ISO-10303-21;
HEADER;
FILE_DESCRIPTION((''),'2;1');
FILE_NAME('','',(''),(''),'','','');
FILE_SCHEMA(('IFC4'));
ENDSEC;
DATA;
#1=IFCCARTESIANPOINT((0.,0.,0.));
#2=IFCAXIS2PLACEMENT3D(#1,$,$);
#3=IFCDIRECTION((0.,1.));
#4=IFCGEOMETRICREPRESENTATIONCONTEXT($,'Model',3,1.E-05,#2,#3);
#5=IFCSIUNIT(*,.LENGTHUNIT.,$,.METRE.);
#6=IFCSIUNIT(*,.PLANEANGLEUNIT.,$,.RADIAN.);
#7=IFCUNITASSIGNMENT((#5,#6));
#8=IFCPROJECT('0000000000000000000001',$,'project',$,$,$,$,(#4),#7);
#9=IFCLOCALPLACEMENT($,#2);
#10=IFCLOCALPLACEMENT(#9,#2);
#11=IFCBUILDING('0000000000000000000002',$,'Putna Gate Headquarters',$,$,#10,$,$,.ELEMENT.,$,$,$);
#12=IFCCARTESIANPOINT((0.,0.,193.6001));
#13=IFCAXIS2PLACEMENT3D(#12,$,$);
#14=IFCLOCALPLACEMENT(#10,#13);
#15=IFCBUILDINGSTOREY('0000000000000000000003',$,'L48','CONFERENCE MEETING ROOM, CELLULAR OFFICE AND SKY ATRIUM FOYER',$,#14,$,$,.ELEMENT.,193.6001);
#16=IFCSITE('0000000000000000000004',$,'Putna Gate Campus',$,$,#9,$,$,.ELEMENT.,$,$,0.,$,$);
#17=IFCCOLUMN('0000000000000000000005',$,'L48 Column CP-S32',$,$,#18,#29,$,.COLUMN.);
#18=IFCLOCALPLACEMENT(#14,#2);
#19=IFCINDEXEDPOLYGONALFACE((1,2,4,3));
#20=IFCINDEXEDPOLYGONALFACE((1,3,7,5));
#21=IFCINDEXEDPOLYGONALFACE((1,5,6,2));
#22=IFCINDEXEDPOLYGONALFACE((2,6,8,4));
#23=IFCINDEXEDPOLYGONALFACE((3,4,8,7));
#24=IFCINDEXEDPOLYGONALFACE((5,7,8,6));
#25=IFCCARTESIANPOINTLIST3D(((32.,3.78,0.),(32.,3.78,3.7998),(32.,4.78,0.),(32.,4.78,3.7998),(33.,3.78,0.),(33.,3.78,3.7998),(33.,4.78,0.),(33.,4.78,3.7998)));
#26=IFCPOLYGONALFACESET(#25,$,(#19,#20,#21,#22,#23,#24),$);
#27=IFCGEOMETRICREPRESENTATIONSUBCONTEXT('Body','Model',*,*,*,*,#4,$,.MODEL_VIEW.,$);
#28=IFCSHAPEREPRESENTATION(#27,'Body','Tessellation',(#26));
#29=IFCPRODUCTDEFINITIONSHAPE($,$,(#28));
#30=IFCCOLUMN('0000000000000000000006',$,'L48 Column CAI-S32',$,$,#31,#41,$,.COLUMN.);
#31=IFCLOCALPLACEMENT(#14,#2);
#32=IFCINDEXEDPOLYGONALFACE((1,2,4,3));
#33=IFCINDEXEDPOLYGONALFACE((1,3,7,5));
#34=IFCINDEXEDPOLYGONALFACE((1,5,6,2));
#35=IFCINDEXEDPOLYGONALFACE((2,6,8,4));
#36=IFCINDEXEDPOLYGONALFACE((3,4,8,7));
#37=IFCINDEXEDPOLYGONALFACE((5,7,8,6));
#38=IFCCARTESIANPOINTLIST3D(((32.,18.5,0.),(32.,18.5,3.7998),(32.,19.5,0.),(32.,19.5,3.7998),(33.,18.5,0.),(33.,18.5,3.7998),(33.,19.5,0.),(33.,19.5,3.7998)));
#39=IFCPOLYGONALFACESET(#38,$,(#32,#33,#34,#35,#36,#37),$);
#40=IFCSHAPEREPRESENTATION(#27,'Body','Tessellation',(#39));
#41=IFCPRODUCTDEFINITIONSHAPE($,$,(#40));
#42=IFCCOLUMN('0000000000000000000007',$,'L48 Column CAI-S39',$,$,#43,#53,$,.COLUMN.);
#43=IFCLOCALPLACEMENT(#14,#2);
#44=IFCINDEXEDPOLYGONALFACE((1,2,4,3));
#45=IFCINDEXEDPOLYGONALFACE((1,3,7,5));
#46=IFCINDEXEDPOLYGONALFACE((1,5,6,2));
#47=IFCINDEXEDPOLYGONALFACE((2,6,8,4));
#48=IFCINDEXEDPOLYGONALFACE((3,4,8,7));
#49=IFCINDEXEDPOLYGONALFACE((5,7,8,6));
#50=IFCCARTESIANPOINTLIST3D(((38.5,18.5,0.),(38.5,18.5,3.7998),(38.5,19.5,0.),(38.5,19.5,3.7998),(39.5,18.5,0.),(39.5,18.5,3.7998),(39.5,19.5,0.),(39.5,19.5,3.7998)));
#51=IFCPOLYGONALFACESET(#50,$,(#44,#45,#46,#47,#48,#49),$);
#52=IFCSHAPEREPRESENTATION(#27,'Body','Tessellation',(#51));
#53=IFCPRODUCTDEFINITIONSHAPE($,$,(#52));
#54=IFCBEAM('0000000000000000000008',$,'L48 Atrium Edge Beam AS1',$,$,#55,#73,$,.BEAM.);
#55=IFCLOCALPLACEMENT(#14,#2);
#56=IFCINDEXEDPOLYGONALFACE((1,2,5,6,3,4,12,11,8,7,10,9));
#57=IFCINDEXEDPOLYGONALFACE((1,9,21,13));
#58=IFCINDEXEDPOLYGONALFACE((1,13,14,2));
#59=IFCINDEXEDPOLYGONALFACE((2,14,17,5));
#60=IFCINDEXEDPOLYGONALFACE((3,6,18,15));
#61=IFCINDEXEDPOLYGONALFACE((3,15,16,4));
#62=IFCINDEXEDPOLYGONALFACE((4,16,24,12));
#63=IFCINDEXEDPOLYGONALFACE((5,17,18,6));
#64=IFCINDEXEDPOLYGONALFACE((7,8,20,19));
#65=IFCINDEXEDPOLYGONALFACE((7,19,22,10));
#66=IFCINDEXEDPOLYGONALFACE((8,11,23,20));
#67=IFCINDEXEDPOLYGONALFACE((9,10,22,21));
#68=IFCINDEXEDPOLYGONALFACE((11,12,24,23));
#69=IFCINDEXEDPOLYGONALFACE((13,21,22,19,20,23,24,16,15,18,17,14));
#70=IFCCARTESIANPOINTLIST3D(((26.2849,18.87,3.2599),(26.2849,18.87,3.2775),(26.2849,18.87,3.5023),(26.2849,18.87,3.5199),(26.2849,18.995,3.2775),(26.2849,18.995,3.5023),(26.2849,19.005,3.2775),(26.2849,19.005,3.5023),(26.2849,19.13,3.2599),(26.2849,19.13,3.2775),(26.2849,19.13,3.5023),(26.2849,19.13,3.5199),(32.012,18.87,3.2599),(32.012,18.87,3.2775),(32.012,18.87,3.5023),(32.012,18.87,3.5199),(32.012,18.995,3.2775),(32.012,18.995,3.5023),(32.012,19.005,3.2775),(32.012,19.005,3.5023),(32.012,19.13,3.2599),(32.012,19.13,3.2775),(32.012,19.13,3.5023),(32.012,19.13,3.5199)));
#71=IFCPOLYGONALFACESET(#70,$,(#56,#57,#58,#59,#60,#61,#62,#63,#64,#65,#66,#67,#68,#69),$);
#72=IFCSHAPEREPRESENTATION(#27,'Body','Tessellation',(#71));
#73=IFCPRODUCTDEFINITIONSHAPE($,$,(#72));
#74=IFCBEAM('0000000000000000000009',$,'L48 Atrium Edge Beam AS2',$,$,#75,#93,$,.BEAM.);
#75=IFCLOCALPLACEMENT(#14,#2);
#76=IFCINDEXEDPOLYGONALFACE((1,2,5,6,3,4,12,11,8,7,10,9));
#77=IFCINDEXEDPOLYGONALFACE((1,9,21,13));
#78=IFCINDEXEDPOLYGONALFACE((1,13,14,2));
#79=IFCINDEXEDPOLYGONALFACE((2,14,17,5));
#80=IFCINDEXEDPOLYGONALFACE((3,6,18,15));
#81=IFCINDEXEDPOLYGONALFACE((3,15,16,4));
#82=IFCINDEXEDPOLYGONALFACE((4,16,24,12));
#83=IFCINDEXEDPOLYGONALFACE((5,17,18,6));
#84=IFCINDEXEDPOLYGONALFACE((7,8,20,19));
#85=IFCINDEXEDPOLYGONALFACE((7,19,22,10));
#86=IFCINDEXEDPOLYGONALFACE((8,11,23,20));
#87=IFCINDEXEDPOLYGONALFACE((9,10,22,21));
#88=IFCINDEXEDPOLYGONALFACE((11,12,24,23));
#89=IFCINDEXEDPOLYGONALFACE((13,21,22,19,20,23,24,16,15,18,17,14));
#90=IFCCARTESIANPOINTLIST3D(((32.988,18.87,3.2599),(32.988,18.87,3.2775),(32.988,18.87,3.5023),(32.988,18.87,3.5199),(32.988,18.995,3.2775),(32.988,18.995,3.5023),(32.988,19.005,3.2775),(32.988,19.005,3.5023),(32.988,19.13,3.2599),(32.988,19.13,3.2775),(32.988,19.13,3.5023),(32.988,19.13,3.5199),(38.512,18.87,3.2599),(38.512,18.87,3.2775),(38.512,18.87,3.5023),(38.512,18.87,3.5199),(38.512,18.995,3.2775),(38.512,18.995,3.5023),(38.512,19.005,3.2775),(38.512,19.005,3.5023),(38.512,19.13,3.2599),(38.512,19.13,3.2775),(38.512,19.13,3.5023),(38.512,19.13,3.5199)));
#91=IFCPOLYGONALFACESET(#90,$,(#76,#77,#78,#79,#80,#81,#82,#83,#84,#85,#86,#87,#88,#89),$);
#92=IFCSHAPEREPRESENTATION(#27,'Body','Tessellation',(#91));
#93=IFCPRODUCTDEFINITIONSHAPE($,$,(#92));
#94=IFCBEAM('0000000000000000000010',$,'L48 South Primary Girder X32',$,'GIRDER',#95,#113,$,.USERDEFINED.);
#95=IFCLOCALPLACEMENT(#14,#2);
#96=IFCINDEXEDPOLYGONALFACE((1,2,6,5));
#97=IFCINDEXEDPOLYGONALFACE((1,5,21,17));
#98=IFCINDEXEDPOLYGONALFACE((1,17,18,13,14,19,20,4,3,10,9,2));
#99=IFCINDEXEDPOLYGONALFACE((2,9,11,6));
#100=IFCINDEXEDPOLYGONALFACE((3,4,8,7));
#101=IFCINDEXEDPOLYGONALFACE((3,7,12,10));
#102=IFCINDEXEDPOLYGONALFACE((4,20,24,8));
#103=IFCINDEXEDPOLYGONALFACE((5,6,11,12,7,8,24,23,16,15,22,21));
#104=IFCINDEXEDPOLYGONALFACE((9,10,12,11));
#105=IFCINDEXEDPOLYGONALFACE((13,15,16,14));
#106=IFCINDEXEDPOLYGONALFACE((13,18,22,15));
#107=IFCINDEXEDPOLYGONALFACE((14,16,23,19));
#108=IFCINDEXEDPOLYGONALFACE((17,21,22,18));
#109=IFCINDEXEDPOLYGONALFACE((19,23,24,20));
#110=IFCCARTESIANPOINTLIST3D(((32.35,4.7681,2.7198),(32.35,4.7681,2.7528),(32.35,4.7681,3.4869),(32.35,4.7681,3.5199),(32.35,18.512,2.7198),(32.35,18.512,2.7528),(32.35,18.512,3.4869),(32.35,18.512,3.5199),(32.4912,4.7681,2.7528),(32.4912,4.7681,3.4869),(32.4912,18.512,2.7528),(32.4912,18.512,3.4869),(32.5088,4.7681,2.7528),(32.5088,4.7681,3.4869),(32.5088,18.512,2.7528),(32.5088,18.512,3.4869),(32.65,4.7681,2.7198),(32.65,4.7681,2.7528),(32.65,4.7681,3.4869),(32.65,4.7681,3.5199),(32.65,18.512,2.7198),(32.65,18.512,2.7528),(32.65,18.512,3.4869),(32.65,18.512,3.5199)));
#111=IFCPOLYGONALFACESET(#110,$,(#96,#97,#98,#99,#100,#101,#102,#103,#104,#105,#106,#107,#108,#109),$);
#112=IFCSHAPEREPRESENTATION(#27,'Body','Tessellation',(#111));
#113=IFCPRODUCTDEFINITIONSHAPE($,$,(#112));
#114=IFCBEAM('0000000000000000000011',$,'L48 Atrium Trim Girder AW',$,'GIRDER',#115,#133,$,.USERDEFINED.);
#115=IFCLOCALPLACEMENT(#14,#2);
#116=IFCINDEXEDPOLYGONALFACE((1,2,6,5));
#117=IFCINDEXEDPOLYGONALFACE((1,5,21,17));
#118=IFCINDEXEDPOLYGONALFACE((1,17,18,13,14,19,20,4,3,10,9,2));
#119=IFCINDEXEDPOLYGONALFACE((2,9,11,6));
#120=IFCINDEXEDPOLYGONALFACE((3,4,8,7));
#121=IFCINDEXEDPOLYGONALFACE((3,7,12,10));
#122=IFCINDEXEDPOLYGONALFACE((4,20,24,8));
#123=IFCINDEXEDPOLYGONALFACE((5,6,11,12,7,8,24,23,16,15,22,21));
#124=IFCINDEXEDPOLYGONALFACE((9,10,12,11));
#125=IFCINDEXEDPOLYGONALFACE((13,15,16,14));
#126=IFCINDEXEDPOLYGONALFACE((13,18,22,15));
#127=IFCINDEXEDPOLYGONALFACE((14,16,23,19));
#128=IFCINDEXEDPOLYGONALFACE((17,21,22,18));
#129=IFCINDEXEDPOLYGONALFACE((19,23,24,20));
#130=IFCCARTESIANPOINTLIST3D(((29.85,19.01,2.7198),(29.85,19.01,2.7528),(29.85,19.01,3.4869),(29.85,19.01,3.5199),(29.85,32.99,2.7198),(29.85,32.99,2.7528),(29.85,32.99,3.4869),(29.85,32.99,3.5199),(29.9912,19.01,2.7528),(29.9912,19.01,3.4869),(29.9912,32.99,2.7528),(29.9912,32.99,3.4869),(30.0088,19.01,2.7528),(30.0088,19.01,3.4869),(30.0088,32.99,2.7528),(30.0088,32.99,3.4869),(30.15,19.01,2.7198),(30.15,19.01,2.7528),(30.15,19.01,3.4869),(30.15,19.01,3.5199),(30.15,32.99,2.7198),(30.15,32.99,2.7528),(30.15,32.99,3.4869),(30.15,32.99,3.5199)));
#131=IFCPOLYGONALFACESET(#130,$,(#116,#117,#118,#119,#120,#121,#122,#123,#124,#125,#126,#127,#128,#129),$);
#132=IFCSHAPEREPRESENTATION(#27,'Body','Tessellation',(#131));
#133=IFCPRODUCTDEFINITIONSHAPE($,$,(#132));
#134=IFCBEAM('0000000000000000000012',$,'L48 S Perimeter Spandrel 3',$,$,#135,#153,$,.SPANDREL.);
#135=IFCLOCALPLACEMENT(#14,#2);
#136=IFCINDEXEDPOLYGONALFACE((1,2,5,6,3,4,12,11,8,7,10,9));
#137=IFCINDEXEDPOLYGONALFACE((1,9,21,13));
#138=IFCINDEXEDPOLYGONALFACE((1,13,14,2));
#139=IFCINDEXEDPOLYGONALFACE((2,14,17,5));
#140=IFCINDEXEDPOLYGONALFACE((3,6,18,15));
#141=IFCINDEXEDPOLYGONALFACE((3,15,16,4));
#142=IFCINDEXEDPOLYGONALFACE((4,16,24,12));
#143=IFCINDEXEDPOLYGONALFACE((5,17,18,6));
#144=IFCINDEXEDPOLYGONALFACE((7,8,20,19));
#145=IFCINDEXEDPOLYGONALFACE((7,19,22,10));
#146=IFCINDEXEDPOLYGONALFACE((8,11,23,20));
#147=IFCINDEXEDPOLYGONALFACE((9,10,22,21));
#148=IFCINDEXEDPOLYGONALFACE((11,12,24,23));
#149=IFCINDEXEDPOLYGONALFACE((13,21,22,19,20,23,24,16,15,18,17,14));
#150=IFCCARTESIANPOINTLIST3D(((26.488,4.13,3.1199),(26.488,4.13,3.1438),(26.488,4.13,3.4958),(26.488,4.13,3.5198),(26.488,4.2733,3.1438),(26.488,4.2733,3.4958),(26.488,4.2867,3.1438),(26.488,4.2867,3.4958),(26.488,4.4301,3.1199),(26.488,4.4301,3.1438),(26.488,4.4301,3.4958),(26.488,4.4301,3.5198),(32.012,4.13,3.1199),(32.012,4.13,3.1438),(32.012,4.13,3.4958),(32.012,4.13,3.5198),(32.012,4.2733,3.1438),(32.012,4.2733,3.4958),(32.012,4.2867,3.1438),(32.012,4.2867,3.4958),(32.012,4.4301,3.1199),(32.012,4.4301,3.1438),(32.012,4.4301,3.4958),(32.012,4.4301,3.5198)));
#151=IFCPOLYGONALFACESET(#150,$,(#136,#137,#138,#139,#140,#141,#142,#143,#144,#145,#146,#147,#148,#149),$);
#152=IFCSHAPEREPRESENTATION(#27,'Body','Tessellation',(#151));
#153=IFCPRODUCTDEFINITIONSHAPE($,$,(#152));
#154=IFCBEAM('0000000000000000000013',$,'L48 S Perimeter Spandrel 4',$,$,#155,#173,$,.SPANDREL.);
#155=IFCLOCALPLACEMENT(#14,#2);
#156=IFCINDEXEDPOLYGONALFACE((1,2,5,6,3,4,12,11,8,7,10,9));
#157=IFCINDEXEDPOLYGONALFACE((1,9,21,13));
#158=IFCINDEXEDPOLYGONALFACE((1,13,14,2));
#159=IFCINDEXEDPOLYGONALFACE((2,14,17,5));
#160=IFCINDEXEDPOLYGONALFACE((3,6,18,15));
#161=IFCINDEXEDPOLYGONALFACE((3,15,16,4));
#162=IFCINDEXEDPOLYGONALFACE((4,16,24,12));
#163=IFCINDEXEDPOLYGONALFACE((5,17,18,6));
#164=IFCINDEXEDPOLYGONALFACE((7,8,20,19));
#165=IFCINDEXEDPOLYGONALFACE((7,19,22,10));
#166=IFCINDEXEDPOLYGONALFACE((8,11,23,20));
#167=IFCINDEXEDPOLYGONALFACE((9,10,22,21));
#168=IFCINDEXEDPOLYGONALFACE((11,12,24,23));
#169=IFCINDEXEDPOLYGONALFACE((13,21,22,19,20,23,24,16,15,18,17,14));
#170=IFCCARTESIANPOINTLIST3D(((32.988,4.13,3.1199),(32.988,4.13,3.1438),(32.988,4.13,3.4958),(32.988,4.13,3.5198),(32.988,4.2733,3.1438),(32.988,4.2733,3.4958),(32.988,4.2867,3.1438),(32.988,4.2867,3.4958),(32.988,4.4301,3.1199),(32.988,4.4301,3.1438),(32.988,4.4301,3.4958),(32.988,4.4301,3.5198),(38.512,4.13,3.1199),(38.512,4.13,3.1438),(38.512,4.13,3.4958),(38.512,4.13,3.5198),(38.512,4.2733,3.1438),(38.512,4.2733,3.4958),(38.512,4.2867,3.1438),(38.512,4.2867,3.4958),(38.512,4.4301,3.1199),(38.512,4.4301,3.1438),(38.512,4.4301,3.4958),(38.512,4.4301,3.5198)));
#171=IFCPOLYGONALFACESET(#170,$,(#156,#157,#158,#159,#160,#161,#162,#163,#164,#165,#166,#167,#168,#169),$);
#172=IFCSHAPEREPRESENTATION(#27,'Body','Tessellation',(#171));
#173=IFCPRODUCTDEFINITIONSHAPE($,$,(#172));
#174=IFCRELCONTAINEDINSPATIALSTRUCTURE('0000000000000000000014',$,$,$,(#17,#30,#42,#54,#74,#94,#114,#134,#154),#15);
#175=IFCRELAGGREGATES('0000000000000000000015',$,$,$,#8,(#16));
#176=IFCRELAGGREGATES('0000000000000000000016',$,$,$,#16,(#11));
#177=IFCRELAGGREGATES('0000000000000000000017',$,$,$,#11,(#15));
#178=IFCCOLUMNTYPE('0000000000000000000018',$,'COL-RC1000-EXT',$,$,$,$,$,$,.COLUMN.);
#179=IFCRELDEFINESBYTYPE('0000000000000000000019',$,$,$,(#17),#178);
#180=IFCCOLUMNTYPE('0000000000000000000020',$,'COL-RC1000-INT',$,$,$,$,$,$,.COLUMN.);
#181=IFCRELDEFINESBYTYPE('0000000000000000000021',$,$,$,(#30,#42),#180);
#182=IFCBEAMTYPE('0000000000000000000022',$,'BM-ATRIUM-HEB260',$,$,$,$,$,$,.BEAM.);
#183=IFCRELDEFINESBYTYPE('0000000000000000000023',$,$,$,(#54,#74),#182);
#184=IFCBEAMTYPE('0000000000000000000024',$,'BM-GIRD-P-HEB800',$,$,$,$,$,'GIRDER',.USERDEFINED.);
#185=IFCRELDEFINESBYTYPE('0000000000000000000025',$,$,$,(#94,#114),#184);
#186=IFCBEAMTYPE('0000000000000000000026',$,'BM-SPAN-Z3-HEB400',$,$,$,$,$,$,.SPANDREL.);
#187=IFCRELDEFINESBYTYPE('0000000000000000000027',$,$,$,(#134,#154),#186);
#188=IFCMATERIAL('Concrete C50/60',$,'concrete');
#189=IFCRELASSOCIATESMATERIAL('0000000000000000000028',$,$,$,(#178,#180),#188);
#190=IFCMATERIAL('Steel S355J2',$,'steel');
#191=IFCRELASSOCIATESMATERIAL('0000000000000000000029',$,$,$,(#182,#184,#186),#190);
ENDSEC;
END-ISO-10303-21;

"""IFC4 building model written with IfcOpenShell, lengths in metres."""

from ifc_helpers import new_model, si_unit, direction, frame, origin, origin_2d, place, context, subcontext, project, spatial, rectangle, i_section, extrude, material, material_profile, profile_set, type_object, element, save


model = new_model("IFC4")

# Units and contexts
model_context = context("Model", 3, precision=1e-05, world=origin(), true_north=direction((0.0, 1.0)))
body_context = subcontext(model_context, "Body", "Model", "MODEL_VIEW")
ifc_project = project(units=[si_unit("LENGTHUNIT", "METRE"), si_unit("PLANEANGLEUNIT", "RADIAN")], contexts=[model_context])

# Site, building, storey
site_placement = place(None, origin())
site = spatial("IfcSite", under=ifc_project, at=site_placement, Name="Putna Gate Campus", CompositionType="ELEMENT", RefElevation=0.0)
building_placement = place(site_placement, origin())
building = spatial("IfcBuilding", under=site, at=building_placement, Name="Putna Gate Headquarters", CompositionType="ELEMENT")
storey_placement = place(building_placement, frame((0.0, 0.0, 193.6001)))
storey = spatial("IfcBuildingStorey", under=building, at=storey_placement, Name="L48", Description="CONFERENCE MEETING ROOM, CELLULAR OFFICE AND SKY ATRIUM FOYER", CompositionType="ELEMENT", Elevation=193.6001)

# Columns
ifc_material_1 = material(Name="Concrete C50/60", Category="concrete")
ifc_material_profile_1 = material_profile(ifc_material_1, rectangle(XDim=1.0, YDim=1.0, at=origin_2d()), Name="Concrete C50/60")
ifc_profile_set_1 = profile_set([ifc_material_profile_1], Name="Concrete C50/60")
column_type_1 = type_object("IfcColumnType", Name="COL-RC1000-EXT", PredefinedType="COLUMN", material=ifc_profile_set_1)
column_placement = place(storey_placement, frame((32.5, 4.28, 0.0), z_axis=(0.0, 0.0, 1.0), x_axis=(1.0, 0.0, 0.0)))
element("IfcColumn", 1, at=column_placement, inside=storey, type_object=column_type_1, Name="L48 Column CP-S32", PredefinedType="COLUMN", context=body_context, shape_type="SweptSolid", body=[
    extrude(rectangle(XDim=1.0, YDim=1.0, at=origin_2d()), origin(), (0.0, 0.0, 1.0), 3.7998),
])
ifc_material_profile_2 = material_profile(ifc_material_1, rectangle(XDim=1.0, YDim=1.0, at=origin_2d()), Name="Concrete C50/60")
ifc_profile_set_2 = profile_set([ifc_material_profile_2], Name="Concrete C50/60")
column_type_2 = type_object("IfcColumnType", Name="COL-RC1000-INT", PredefinedType="COLUMN", material=ifc_profile_set_2)
for number, where, z_axis, x_axis, name in (
    (2, (32.5, 19.0, 0.0), (0.0, 0.0, 1.0), (1.0, 0.0, 0.0), "L48 Column CAI-S32"),
    (3, (39.0, 19.0, 0.0), (0.0, 0.0, 1.0), (1.0, 0.0, 0.0), "L48 Column CAI-S39"),
):
    element("IfcColumn", number, at=place(storey_placement, frame(where, z_axis=z_axis, x_axis=x_axis)), inside=storey, type_object=column_type_2, Name=name, PredefinedType="COLUMN", context=body_context, shape_type="SweptSolid", body=[
        extrude(rectangle(XDim=1.0, YDim=1.0, at=origin_2d()), origin(), (0.0, 0.0, 1.0), 3.7998),
    ])

# Beams
ifc_material_2 = material(Name="Steel S355J2", Category="steel")
ifc_material_profile_3 = material_profile(ifc_material_2, i_section(OverallWidth=0.26, OverallDepth=0.26, WebThickness=0.01, FlangeThickness=0.0176, at=origin_2d()), Name="Steel S355J2")
ifc_profile_set_3 = profile_set([ifc_material_profile_3], Name="Steel S355J2")
beam_type_1 = type_object("IfcBeamType", Name="BM-ATRIUM-HEB260", PredefinedType="BEAM", material=ifc_profile_set_3)
beam_1_placement = place(storey_placement, frame((26.2849, 19.0, 3.3899), z_axis=(1.0, 0.0, 0.0), x_axis=(0.0, 1.0, 0.0)))
element("IfcBeam", 4, at=beam_1_placement, inside=storey, type_object=beam_type_1, Name="L48 Atrium Edge Beam AS1", PredefinedType="BEAM", context=body_context, shape_type="SweptSolid", body=[
    extrude(i_section(OverallWidth=0.26, OverallDepth=0.26, WebThickness=0.01, FlangeThickness=0.0176, at=origin_2d()), origin(), (0.0, 0.0, 1.0), 5.7271),
])
beam_2_placement = place(storey_placement, frame((32.988, 19.0, 3.3899), z_axis=(1.0, 0.0, 0.0), x_axis=(0.0, 1.0, 0.0)))
element("IfcBeam", 5, at=beam_2_placement, inside=storey, type_object=beam_type_1, Name="L48 Atrium Edge Beam AS2", PredefinedType="BEAM", context=body_context, shape_type="SweptSolid", body=[
    extrude(i_section(OverallWidth=0.26, OverallDepth=0.26, WebThickness=0.01, FlangeThickness=0.0176, at=origin_2d()), origin(), (0.0, 0.0, 1.0), 5.5239),
])
ifc_material_profile_4 = material_profile(ifc_material_2, i_section(OverallWidth=0.3, OverallDepth=0.8, WebThickness=0.0176, FlangeThickness=0.033, at=origin_2d()), Name="Steel S355J2")
ifc_profile_set_4 = profile_set([ifc_material_profile_4], Name="Steel S355J2")
beam_type_2 = type_object("IfcBeamType", Name="BM-GIRD-P-HEB800", ElementType="GIRDER", PredefinedType="USERDEFINED", material=ifc_profile_set_4)
beam_3_placement = place(storey_placement, frame((32.5, 4.7681, 3.1199), z_axis=(0.0, 1.0, 0.0), x_axis=(-1.0, 0.0, 0.0)))
element("IfcBeam", 6, at=beam_3_placement, inside=storey, type_object=beam_type_2, Name="L48 South Primary Girder X32", ObjectType="GIRDER", PredefinedType="USERDEFINED", context=body_context, shape_type="SweptSolid", body=[
    extrude(i_section(OverallWidth=0.3, OverallDepth=0.8, WebThickness=0.0176, FlangeThickness=0.033, at=origin_2d()), origin(), (0.0, 0.0, 1.0), 13.7439),
])
beam_4_placement = place(storey_placement, frame((30.0, 19.01, 3.1199), z_axis=(0.0, 1.0, 0.0), x_axis=(-1.0, 0.0, 0.0)))
element("IfcBeam", 7, at=beam_4_placement, inside=storey, type_object=beam_type_2, Name="L48 Atrium Trim Girder AW", ObjectType="GIRDER", PredefinedType="USERDEFINED", context=body_context, shape_type="SweptSolid", body=[
    extrude(i_section(OverallWidth=0.3, OverallDepth=0.8, WebThickness=0.0176, FlangeThickness=0.033, at=origin_2d()), origin(), (0.0, 0.0, 1.0), 13.98),
])
ifc_material_profile_5 = material_profile(ifc_material_2, i_section(OverallWidth=0.3, OverallDepth=0.3999, WebThickness=0.0134, FlangeThickness=0.0239, at=origin_2d()), Name="Steel S355J2")
ifc_profile_set_5 = profile_set([ifc_material_profile_5], Name="Steel S355J2")
beam_type_3 = type_object("IfcBeamType", Name="BM-SPAN-Z3-HEB400", PredefinedType="SPANDREL", material=ifc_profile_set_5)
for number, where, z_axis, x_axis, name in (
    (8, (26.488, 4.28, 3.3198), (1.0, 0.0, 0.0), (0.0, 1.0, 0.0), "L48 S Perimeter Spandrel 3"),
    (9, (32.988, 4.28, 3.3198), (1.0, 0.0, 0.0), (0.0, 1.0, 0.0), "L48 S Perimeter Spandrel 4"),
):
    element("IfcBeam", number, at=place(storey_placement, frame(where, z_axis=z_axis, x_axis=x_axis)), inside=storey, type_object=beam_type_3, Name=name, PredefinedType="SPANDREL", context=body_context, shape_type="SweptSolid", body=[
        extrude(i_section(OverallWidth=0.3, OverallDepth=0.3999, WebThickness=0.0134, FlangeThickness=0.0239, at=origin_2d()), origin(), (0.0, 0.0, 1.0), 5.5239),
    ])

save(model, "model.ifc")
